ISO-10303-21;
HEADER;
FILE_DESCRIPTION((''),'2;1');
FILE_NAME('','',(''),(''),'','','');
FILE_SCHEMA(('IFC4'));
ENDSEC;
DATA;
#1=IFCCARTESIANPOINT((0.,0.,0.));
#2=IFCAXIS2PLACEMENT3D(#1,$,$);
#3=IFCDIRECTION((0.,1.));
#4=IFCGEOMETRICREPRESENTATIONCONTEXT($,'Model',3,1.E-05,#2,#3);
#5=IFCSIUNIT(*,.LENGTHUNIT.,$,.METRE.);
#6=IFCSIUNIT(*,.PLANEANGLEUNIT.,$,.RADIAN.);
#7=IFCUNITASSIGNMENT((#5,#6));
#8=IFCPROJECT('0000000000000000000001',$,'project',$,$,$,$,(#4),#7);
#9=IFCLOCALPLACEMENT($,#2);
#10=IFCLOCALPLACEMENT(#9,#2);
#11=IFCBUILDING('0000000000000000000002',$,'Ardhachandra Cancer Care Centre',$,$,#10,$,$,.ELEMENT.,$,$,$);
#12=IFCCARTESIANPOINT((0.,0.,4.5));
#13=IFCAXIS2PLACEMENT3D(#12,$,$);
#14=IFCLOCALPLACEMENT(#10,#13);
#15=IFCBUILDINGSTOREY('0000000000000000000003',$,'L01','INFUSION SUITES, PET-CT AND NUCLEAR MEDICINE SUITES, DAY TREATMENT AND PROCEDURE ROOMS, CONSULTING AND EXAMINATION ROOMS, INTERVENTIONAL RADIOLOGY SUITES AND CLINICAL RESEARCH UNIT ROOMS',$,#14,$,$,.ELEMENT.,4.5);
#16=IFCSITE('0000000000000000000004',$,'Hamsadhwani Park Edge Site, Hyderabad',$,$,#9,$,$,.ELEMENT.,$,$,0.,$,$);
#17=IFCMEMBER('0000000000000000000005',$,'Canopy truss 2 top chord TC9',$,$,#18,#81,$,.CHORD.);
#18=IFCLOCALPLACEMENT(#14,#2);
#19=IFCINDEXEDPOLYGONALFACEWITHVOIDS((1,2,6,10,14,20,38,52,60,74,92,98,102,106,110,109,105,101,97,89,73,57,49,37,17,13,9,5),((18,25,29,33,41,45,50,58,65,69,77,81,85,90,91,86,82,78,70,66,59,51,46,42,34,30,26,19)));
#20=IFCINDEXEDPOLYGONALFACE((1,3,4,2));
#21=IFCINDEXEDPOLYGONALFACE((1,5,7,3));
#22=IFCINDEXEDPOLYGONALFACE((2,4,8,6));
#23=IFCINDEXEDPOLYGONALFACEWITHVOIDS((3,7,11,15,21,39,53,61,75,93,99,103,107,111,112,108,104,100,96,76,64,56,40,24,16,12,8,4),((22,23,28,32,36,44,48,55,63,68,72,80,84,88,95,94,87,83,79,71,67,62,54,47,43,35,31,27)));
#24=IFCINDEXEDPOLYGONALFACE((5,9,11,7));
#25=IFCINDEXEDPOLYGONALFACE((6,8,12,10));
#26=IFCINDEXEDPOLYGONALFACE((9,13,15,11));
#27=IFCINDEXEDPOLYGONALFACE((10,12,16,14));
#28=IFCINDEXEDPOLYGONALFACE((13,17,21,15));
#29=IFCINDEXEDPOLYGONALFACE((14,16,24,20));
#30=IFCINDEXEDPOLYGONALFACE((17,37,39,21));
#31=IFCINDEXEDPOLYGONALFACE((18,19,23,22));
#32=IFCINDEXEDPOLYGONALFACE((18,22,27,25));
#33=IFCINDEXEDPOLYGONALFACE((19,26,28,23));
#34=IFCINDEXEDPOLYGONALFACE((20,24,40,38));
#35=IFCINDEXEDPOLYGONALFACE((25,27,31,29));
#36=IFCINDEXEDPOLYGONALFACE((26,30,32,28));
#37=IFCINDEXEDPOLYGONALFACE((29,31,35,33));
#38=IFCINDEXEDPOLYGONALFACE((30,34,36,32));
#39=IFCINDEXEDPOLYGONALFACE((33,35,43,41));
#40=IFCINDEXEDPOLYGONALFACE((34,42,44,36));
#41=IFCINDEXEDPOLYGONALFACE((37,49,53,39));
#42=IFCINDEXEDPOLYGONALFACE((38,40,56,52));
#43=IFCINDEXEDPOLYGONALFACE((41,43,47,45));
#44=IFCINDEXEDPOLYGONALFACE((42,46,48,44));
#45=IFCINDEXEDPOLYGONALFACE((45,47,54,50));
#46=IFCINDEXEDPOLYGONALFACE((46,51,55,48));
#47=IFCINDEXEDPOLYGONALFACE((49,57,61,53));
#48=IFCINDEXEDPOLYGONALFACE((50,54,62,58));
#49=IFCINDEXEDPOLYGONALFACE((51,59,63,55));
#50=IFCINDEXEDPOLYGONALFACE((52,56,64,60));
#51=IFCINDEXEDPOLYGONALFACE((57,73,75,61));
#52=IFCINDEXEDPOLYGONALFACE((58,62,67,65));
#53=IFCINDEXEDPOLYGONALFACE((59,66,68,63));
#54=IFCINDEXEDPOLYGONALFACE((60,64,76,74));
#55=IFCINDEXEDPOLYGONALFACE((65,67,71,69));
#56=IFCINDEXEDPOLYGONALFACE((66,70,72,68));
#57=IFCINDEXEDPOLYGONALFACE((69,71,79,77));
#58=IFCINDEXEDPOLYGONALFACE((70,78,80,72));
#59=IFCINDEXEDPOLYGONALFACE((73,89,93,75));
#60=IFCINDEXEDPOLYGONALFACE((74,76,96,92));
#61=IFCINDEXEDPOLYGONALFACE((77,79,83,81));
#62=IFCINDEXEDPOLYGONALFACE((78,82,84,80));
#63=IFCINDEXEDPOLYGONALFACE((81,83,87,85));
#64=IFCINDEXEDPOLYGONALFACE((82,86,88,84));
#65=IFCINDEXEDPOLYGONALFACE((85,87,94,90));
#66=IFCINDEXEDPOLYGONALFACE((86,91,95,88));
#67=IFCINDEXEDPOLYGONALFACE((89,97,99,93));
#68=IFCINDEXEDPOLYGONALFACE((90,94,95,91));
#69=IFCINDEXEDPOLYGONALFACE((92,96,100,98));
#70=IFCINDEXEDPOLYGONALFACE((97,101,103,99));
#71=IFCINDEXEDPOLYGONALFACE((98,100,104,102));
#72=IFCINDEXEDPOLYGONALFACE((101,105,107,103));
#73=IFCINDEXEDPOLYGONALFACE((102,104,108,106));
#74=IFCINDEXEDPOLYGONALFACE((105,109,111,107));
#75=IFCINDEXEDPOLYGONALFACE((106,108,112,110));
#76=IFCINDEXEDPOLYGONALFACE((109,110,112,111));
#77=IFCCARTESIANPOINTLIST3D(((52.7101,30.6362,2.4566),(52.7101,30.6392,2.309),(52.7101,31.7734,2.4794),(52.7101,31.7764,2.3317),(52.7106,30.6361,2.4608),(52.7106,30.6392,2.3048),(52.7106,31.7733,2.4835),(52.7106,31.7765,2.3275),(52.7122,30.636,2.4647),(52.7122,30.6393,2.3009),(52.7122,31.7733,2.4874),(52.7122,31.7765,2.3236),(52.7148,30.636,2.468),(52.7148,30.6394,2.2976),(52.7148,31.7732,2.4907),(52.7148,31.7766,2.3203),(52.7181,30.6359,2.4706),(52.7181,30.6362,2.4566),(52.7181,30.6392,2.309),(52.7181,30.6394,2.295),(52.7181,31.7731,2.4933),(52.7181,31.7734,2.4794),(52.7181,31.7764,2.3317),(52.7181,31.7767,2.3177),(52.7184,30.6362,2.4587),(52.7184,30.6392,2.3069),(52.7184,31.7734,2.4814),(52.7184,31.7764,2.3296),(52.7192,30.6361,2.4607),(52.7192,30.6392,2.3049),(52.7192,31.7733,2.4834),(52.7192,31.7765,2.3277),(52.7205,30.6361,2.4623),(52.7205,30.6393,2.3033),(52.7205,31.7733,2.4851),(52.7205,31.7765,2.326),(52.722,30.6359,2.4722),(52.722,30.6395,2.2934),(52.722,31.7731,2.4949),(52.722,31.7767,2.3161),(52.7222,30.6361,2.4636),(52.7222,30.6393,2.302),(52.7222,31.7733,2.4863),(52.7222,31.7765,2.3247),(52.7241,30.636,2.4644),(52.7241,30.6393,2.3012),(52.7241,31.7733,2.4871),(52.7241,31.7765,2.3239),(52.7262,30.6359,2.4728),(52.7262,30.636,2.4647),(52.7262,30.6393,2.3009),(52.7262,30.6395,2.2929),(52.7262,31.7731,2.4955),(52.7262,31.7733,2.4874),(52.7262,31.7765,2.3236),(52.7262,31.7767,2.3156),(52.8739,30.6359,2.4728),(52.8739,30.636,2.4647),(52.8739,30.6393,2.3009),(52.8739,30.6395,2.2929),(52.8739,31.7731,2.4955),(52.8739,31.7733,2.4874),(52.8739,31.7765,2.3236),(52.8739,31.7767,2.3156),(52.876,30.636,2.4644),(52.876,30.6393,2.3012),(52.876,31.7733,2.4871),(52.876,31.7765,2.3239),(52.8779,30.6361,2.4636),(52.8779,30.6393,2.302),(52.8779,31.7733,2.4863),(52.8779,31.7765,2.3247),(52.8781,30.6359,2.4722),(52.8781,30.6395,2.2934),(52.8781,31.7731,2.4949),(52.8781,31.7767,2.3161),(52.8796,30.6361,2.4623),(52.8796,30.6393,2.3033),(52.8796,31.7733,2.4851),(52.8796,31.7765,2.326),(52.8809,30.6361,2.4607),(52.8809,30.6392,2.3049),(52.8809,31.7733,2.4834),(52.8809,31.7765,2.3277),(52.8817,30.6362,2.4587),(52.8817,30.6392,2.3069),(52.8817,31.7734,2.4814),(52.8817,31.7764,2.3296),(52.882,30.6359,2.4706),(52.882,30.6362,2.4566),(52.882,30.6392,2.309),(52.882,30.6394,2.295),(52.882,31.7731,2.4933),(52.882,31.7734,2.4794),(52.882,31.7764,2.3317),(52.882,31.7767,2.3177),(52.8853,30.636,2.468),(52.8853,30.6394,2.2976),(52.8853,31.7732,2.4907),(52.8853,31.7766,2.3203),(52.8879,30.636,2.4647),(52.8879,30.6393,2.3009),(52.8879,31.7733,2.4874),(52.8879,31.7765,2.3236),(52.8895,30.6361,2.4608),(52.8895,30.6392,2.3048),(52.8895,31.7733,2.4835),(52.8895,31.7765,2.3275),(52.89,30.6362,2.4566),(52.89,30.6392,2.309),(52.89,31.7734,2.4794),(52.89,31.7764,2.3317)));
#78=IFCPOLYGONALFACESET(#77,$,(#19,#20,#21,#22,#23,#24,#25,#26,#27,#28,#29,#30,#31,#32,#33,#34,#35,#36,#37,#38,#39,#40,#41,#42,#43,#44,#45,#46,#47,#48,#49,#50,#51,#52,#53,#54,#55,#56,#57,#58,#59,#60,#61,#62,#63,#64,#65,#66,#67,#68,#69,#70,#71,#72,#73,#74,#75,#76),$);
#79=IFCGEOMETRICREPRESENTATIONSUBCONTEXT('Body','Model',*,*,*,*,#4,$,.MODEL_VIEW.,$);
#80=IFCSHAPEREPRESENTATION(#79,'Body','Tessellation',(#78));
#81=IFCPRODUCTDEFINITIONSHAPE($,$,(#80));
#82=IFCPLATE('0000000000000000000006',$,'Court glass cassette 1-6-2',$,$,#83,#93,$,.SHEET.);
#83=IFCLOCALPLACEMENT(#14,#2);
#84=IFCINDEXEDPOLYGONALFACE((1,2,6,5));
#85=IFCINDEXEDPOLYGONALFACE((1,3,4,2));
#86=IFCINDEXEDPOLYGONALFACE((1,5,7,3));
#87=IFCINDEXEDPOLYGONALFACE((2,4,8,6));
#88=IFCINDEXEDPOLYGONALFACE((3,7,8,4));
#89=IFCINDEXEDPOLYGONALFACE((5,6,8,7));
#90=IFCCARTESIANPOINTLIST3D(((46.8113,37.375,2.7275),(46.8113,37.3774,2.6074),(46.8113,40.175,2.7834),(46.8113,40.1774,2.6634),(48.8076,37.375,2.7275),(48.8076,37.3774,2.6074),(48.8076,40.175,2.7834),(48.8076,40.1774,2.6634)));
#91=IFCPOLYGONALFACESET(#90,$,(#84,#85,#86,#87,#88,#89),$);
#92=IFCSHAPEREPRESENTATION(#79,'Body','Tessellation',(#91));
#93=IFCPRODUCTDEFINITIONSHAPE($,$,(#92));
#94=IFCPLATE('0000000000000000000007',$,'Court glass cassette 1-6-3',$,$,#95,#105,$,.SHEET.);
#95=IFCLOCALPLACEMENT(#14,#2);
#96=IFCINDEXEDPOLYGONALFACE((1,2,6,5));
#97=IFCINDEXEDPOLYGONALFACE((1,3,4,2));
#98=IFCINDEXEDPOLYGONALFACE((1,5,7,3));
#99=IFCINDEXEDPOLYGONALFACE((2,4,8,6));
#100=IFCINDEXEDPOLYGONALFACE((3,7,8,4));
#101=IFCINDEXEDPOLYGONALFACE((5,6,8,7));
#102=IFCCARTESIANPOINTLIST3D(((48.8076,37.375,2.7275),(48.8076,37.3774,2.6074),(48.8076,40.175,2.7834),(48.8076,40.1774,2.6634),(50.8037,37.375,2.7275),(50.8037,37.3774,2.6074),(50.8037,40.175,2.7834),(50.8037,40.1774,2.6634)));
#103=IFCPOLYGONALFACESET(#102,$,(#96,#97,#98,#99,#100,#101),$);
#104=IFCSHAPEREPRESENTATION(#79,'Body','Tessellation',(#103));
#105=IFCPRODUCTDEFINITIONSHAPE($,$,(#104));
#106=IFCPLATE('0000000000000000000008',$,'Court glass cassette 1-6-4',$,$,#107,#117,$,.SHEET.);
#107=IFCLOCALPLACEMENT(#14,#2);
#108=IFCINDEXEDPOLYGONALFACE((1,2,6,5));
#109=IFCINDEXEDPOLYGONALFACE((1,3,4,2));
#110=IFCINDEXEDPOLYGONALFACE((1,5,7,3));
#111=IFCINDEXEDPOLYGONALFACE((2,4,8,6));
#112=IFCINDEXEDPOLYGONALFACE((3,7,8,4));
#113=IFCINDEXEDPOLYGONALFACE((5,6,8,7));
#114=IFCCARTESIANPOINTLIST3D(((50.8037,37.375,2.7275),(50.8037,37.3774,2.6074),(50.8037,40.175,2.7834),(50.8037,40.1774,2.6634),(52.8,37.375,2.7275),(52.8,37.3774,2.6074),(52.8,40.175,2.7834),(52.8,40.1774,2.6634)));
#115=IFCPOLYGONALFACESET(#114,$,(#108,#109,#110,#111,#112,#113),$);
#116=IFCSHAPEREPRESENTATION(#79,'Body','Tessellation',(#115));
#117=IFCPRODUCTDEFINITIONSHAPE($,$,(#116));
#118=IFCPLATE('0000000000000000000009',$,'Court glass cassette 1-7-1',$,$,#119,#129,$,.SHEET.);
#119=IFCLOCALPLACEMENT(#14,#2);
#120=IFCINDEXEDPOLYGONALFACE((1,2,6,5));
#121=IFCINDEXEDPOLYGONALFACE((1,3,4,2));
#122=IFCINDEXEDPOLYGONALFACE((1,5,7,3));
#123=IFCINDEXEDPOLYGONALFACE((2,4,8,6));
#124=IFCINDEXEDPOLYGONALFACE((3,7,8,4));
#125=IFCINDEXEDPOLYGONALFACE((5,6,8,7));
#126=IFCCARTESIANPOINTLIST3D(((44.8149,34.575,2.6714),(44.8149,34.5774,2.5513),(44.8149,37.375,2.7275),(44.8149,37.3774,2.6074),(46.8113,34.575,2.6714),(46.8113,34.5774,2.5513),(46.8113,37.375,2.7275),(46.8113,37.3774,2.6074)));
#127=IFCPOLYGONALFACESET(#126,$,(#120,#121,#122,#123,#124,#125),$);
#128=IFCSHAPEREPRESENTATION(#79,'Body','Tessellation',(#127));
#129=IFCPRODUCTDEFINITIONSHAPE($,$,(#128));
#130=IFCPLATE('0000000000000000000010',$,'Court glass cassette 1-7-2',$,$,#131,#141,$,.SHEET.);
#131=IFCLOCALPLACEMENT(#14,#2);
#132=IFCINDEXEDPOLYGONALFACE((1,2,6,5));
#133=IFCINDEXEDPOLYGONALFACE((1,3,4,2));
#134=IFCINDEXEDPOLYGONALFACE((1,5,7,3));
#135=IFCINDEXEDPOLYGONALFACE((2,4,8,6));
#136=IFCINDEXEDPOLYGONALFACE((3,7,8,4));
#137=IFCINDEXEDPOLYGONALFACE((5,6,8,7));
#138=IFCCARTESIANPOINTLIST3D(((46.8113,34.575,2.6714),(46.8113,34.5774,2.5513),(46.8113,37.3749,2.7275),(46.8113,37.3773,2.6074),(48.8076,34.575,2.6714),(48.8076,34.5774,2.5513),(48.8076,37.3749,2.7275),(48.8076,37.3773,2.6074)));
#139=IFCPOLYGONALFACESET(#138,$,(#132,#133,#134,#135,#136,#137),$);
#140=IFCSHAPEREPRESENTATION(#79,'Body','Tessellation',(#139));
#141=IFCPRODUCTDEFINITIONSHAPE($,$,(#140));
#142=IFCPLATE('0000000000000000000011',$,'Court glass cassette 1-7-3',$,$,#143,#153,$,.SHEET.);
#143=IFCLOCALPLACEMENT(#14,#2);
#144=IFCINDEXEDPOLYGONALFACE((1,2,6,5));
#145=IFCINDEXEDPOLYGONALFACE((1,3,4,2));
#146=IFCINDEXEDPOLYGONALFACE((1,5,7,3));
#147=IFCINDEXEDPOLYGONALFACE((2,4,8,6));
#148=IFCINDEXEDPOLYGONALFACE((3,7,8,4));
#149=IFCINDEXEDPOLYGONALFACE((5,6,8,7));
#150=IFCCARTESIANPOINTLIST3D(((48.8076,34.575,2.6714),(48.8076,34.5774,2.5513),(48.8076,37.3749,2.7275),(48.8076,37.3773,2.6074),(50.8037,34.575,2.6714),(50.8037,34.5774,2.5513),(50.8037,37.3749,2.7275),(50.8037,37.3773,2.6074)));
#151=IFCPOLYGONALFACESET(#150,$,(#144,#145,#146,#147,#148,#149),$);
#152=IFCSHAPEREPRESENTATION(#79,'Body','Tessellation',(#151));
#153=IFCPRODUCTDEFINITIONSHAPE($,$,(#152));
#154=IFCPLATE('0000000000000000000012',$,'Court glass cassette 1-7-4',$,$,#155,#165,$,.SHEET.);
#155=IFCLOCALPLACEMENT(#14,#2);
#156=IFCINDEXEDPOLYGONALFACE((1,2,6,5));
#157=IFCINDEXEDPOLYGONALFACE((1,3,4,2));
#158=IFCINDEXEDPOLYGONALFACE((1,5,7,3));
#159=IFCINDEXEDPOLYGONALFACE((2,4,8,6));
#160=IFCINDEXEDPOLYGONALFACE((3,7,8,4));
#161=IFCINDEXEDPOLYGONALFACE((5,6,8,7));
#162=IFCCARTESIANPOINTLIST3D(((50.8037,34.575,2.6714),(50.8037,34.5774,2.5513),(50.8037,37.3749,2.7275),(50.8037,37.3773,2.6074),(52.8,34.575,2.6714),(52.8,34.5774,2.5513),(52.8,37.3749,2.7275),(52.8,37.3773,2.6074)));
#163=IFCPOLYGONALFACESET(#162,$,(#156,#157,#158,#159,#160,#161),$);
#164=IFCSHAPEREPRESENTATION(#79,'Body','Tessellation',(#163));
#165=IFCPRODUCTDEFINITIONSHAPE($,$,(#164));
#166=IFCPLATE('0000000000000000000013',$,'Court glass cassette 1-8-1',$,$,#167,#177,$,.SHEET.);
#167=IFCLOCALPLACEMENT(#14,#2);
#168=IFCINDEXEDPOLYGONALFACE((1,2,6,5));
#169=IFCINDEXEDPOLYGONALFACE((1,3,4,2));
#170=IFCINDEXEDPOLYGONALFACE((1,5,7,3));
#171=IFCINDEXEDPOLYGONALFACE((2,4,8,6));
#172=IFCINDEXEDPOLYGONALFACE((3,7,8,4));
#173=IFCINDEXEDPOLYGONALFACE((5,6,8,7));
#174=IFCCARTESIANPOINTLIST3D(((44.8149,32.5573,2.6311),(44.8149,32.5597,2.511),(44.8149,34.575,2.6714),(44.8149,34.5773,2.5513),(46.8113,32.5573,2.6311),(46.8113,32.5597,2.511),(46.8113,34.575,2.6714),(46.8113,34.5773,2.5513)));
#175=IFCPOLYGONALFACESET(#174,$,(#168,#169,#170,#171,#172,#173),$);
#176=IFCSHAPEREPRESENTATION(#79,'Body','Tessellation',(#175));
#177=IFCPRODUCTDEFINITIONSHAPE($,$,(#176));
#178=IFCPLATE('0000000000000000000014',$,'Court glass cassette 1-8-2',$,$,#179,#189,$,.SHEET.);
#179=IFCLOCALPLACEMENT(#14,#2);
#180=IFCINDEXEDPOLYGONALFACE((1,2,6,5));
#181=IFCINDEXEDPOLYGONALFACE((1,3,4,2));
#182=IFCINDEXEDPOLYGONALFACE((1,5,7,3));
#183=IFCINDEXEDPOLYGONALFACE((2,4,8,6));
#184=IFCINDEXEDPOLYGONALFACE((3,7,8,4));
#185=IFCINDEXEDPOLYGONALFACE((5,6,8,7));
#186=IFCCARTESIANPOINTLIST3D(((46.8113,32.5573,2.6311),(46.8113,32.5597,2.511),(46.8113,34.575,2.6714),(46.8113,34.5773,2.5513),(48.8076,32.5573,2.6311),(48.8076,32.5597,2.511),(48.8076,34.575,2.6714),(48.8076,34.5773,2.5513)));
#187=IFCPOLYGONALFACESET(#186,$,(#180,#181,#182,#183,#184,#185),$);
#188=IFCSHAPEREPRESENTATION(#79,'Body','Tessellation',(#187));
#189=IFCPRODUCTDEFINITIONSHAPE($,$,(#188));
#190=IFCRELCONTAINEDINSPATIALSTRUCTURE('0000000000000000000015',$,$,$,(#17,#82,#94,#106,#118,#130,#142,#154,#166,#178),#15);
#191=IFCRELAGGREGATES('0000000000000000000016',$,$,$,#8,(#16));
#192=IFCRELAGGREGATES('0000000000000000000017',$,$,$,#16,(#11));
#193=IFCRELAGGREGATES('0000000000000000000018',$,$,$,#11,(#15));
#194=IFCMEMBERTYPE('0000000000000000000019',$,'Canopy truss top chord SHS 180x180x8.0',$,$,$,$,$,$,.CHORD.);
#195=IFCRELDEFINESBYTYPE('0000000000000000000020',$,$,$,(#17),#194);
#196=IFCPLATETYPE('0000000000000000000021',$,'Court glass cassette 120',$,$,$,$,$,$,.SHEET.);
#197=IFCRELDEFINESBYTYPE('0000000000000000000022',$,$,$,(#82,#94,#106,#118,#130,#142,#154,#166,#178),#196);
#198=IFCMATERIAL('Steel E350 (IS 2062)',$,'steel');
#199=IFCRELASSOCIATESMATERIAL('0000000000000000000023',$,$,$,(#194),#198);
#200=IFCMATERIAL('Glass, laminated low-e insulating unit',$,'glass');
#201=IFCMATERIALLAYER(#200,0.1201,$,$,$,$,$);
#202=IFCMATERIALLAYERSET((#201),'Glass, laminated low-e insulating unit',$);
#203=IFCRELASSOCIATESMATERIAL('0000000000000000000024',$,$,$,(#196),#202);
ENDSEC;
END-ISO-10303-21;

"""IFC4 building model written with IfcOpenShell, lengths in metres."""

from ifc_helpers import new_model, si_unit, direction, frame, origin, origin_2d, place, context, subcontext, project, spatial, polyline, hollow_rectangle, outline, extrude, material, layer, layer_set, material_profile, profile_set, type_object, element, save


model = new_model("IFC4")

# Units and contexts
model_context = context("Model", 3, precision=1e-05, world=origin(), true_north=direction((0.0, 1.0)))
body_context = subcontext(model_context, "Body", "Model", "MODEL_VIEW")
ifc_project = project(units=[si_unit("LENGTHUNIT", "METRE"), si_unit("PLANEANGLEUNIT", "RADIAN")], contexts=[model_context])

# Site, building, storey
site_placement = place(None, origin())
site = spatial("IfcSite", under=ifc_project, at=site_placement, Name="Hamsadhwani Park Edge Site, Hyderabad", CompositionType="ELEMENT", RefElevation=0.0)
building_placement = place(site_placement, origin())
building = spatial("IfcBuilding", under=site, at=building_placement, Name="Ardhachandra Cancer Care Centre", CompositionType="ELEMENT")
storey_placement = place(building_placement, frame((0.0, 0.0, 4.5)))
storey = spatial("IfcBuildingStorey", under=building, at=storey_placement, Name="L01", Description="INFUSION SUITES, PET-CT AND NUCLEAR MEDICINE SUITES, DAY TREATMENT AND PROCEDURE ROOMS, CONSULTING AND EXAMINATION ROOMS, INTERVENTIONAL RADIOLOGY SUITES AND CLINICAL RESEARCH UNIT ROOMS", CompositionType="ELEMENT", Elevation=4.5)

# Member
ifc_material_1 = material(Name="Steel E350 (IS 2062)", Category="steel")
ifc_material_profile_1 = material_profile(ifc_material_1, hollow_rectangle(XDim=0.1799, YDim=0.1799, WallThickness=0.0081, InnerFilletRadius=0.0081, OuterFilletRadius=0.0161, at=origin_2d()), Name="SHS 180x180x8.0")
ifc_profile_set_1 = profile_set([ifc_material_profile_1], Name="Steel E350 (IS 2062)")
member_type_1 = type_object("IfcMemberType", Name="Canopy truss top chord SHS 180x180x8.0", PredefinedType="CHORD", material=ifc_profile_set_1)
member_1_placement = place(storey_placement, frame((52.8, 31.7749, 2.4055), z_axis=(0.0, -0.999801, -0.019962), x_axis=(1.0, 0.0, 0.0)))
element("IfcMember", 1, at=member_1_placement, inside=storey, type_object=member_type_1, Name="Canopy truss 2 top chord TC9", PredefinedType="CHORD", context=body_context, shape_type="SweptSolid", body=[
    extrude(hollow_rectangle(XDim=0.1799, YDim=0.1799, WallThickness=0.0081, InnerFilletRadius=0.0081, OuterFilletRadius=0.0161, at=origin_2d()), origin(), (0.0, 0.0, 1.0), 1.1375),
])

# Plates
ifc_material_2 = material(Name="Glass, laminated low-e insulating unit", Category="glass")
ifc_layer = layer(ifc_material_2, 0.1201)
ifc_layer_set = layer_set([ifc_layer], Name="Glass, laminated low-e insulating unit")
plate_type = type_object("IfcPlateType", Name="Court glass cassette 120", PredefinedType="SHEET", material=ifc_layer_set)
plate_1_placement = place(storey_placement, frame((46.8113, 37.375, 2.7275), z_axis=(0.0, -0.019963, 0.999801), x_axis=(0.0, 0.999801, 0.019963)))
element("IfcPlate", 2, at=plate_1_placement, inside=storey, type_object=plate_type, Name="Court glass cassette 1-6-2", PredefinedType="SHEET", context=body_context, shape_type="SweptSolid", body=[
    extrude(outline(polyline([(0.0, -1.9963), (2.8005, -1.9963), (2.8005, 0.0), (0.0, 0.0), (0.0, -1.9963)])), frame((0.0, 0.0, -0.1201)), (0.0, 0.0, 1.0), 0.1201),
])
plate_2_placement = place(storey_placement, frame((48.8076, 37.375, 2.7275), z_axis=(0.0, -0.019963, 0.999801), x_axis=(0.0, 0.999801, 0.019963)))
element("IfcPlate", 3, at=plate_2_placement, inside=storey, type_object=plate_type, Name="Court glass cassette 1-6-3", PredefinedType="SHEET", context=body_context, shape_type="SweptSolid", body=[
    extrude(outline(polyline([(0.0, -1.9961), (2.8005, -1.9961), (2.8005, 0.0), (0.0, 0.0), (0.0, -1.9961)])), frame((0.0, 0.0, -0.1201)), (0.0, 0.0, 1.0), 0.1201),
])
for number, where, z_axis, x_axis, name in (
    (4, (50.8037, 37.375, 2.7275), (0.0, -0.019963, 0.999801), (0.0, 0.999801, 0.019963), "Court glass cassette 1-6-4"),
    (5, (46.8113, 37.375, 2.7275), (0.0, -0.02005, 0.999799), (0.0, -0.999799, -0.02005), "Court glass cassette 1-7-1"),
    (6, (46.8113, 34.575, 2.6714), (0.0, -0.02005, 0.999799), (0.0, 0.999799, 0.02005), "Court glass cassette 1-7-2"),
):
    element("IfcPlate", number, at=place(storey_placement, frame(where, z_axis=z_axis, x_axis=x_axis)), inside=storey, type_object=plate_type, Name=name, PredefinedType="SHEET", context=body_context, shape_type="SweptSolid", body=[
        extrude(outline(polyline([(0.0, -1.9963), (2.8005, -1.9963), (2.8005, 0.0), (0.0, 0.0), (0.0, -1.9963)])), frame((0.0, 0.0, -0.1201)), (0.0, 0.0, 1.0), 0.1201),
    ])
plate_3_placement = place(storey_placement, frame((48.8076, 34.575, 2.6714), z_axis=(0.0, -0.02005, 0.999799), x_axis=(0.0, 0.999799, 0.02005)))
element("IfcPlate", 7, at=plate_3_placement, inside=storey, type_object=plate_type, Name="Court glass cassette 1-7-3", PredefinedType="SHEET", context=body_context, shape_type="SweptSolid", body=[
    extrude(outline(polyline([(0.0, -1.9961), (2.8005, -1.9961), (2.8005, 0.0), (0.0, 0.0), (0.0, -1.9961)])), frame((0.0, 0.0, -0.1201)), (0.0, 0.0, 1.0), 0.1201),
])
plate_4_placement = place(storey_placement, frame((50.8037, 34.575, 2.6714), z_axis=(0.0, -0.02005, 0.999799), x_axis=(0.0, 0.999799, 0.02005)))
element("IfcPlate", 8, at=plate_4_placement, inside=storey, type_object=plate_type, Name="Court glass cassette 1-7-4", PredefinedType="SHEET", context=body_context, shape_type="SweptSolid", body=[
    extrude(outline(polyline([(0.0, -1.9963), (2.8005, -1.9963), (2.8005, 0.0), (0.0, 0.0), (0.0, -1.9963)])), frame((0.0, 0.0, -0.1201)), (0.0, 0.0, 1.0), 0.1201),
])
plate_5_placement = place(storey_placement, frame((46.8113, 34.575, 2.6714), z_axis=(0.0, -0.019962, 0.999801), x_axis=(0.0, -0.999801, -0.019962)))
element("IfcPlate", 9, at=plate_5_placement, inside=storey, type_object=plate_type, Name="Court glass cassette 1-8-1", PredefinedType="SHEET", context=body_context, shape_type="SweptSolid", body=[
    extrude(outline(polyline([(0.0, -1.9963), (2.0181, -1.9963), (2.0181, 0.0), (0.0, 0.0), (0.0, -1.9963)])), frame((0.0, 0.0, -0.1201)), (0.0, 0.0, 1.0), 0.1201),
])
plate_6_placement = place(storey_placement, frame((46.8113, 34.575, 2.6714), z_axis=(0.0, -0.019962, 0.999801), x_axis=(1.0, 0.0, 0.0)))
element("IfcPlate", 10, at=plate_6_placement, inside=storey, type_object=plate_type, Name="Court glass cassette 1-8-2", PredefinedType="SHEET", context=body_context, shape_type="SweptSolid", body=[
    extrude(outline(polyline([(0.0, -2.0181), (1.9963, -2.0181), (1.9963, 0.0), (0.0, 0.0), (0.0, -2.0181)])), frame((0.0, 0.0, -0.1201)), (0.0, 0.0, 1.0), 0.1201),
])

save(model, "model.ifc")
